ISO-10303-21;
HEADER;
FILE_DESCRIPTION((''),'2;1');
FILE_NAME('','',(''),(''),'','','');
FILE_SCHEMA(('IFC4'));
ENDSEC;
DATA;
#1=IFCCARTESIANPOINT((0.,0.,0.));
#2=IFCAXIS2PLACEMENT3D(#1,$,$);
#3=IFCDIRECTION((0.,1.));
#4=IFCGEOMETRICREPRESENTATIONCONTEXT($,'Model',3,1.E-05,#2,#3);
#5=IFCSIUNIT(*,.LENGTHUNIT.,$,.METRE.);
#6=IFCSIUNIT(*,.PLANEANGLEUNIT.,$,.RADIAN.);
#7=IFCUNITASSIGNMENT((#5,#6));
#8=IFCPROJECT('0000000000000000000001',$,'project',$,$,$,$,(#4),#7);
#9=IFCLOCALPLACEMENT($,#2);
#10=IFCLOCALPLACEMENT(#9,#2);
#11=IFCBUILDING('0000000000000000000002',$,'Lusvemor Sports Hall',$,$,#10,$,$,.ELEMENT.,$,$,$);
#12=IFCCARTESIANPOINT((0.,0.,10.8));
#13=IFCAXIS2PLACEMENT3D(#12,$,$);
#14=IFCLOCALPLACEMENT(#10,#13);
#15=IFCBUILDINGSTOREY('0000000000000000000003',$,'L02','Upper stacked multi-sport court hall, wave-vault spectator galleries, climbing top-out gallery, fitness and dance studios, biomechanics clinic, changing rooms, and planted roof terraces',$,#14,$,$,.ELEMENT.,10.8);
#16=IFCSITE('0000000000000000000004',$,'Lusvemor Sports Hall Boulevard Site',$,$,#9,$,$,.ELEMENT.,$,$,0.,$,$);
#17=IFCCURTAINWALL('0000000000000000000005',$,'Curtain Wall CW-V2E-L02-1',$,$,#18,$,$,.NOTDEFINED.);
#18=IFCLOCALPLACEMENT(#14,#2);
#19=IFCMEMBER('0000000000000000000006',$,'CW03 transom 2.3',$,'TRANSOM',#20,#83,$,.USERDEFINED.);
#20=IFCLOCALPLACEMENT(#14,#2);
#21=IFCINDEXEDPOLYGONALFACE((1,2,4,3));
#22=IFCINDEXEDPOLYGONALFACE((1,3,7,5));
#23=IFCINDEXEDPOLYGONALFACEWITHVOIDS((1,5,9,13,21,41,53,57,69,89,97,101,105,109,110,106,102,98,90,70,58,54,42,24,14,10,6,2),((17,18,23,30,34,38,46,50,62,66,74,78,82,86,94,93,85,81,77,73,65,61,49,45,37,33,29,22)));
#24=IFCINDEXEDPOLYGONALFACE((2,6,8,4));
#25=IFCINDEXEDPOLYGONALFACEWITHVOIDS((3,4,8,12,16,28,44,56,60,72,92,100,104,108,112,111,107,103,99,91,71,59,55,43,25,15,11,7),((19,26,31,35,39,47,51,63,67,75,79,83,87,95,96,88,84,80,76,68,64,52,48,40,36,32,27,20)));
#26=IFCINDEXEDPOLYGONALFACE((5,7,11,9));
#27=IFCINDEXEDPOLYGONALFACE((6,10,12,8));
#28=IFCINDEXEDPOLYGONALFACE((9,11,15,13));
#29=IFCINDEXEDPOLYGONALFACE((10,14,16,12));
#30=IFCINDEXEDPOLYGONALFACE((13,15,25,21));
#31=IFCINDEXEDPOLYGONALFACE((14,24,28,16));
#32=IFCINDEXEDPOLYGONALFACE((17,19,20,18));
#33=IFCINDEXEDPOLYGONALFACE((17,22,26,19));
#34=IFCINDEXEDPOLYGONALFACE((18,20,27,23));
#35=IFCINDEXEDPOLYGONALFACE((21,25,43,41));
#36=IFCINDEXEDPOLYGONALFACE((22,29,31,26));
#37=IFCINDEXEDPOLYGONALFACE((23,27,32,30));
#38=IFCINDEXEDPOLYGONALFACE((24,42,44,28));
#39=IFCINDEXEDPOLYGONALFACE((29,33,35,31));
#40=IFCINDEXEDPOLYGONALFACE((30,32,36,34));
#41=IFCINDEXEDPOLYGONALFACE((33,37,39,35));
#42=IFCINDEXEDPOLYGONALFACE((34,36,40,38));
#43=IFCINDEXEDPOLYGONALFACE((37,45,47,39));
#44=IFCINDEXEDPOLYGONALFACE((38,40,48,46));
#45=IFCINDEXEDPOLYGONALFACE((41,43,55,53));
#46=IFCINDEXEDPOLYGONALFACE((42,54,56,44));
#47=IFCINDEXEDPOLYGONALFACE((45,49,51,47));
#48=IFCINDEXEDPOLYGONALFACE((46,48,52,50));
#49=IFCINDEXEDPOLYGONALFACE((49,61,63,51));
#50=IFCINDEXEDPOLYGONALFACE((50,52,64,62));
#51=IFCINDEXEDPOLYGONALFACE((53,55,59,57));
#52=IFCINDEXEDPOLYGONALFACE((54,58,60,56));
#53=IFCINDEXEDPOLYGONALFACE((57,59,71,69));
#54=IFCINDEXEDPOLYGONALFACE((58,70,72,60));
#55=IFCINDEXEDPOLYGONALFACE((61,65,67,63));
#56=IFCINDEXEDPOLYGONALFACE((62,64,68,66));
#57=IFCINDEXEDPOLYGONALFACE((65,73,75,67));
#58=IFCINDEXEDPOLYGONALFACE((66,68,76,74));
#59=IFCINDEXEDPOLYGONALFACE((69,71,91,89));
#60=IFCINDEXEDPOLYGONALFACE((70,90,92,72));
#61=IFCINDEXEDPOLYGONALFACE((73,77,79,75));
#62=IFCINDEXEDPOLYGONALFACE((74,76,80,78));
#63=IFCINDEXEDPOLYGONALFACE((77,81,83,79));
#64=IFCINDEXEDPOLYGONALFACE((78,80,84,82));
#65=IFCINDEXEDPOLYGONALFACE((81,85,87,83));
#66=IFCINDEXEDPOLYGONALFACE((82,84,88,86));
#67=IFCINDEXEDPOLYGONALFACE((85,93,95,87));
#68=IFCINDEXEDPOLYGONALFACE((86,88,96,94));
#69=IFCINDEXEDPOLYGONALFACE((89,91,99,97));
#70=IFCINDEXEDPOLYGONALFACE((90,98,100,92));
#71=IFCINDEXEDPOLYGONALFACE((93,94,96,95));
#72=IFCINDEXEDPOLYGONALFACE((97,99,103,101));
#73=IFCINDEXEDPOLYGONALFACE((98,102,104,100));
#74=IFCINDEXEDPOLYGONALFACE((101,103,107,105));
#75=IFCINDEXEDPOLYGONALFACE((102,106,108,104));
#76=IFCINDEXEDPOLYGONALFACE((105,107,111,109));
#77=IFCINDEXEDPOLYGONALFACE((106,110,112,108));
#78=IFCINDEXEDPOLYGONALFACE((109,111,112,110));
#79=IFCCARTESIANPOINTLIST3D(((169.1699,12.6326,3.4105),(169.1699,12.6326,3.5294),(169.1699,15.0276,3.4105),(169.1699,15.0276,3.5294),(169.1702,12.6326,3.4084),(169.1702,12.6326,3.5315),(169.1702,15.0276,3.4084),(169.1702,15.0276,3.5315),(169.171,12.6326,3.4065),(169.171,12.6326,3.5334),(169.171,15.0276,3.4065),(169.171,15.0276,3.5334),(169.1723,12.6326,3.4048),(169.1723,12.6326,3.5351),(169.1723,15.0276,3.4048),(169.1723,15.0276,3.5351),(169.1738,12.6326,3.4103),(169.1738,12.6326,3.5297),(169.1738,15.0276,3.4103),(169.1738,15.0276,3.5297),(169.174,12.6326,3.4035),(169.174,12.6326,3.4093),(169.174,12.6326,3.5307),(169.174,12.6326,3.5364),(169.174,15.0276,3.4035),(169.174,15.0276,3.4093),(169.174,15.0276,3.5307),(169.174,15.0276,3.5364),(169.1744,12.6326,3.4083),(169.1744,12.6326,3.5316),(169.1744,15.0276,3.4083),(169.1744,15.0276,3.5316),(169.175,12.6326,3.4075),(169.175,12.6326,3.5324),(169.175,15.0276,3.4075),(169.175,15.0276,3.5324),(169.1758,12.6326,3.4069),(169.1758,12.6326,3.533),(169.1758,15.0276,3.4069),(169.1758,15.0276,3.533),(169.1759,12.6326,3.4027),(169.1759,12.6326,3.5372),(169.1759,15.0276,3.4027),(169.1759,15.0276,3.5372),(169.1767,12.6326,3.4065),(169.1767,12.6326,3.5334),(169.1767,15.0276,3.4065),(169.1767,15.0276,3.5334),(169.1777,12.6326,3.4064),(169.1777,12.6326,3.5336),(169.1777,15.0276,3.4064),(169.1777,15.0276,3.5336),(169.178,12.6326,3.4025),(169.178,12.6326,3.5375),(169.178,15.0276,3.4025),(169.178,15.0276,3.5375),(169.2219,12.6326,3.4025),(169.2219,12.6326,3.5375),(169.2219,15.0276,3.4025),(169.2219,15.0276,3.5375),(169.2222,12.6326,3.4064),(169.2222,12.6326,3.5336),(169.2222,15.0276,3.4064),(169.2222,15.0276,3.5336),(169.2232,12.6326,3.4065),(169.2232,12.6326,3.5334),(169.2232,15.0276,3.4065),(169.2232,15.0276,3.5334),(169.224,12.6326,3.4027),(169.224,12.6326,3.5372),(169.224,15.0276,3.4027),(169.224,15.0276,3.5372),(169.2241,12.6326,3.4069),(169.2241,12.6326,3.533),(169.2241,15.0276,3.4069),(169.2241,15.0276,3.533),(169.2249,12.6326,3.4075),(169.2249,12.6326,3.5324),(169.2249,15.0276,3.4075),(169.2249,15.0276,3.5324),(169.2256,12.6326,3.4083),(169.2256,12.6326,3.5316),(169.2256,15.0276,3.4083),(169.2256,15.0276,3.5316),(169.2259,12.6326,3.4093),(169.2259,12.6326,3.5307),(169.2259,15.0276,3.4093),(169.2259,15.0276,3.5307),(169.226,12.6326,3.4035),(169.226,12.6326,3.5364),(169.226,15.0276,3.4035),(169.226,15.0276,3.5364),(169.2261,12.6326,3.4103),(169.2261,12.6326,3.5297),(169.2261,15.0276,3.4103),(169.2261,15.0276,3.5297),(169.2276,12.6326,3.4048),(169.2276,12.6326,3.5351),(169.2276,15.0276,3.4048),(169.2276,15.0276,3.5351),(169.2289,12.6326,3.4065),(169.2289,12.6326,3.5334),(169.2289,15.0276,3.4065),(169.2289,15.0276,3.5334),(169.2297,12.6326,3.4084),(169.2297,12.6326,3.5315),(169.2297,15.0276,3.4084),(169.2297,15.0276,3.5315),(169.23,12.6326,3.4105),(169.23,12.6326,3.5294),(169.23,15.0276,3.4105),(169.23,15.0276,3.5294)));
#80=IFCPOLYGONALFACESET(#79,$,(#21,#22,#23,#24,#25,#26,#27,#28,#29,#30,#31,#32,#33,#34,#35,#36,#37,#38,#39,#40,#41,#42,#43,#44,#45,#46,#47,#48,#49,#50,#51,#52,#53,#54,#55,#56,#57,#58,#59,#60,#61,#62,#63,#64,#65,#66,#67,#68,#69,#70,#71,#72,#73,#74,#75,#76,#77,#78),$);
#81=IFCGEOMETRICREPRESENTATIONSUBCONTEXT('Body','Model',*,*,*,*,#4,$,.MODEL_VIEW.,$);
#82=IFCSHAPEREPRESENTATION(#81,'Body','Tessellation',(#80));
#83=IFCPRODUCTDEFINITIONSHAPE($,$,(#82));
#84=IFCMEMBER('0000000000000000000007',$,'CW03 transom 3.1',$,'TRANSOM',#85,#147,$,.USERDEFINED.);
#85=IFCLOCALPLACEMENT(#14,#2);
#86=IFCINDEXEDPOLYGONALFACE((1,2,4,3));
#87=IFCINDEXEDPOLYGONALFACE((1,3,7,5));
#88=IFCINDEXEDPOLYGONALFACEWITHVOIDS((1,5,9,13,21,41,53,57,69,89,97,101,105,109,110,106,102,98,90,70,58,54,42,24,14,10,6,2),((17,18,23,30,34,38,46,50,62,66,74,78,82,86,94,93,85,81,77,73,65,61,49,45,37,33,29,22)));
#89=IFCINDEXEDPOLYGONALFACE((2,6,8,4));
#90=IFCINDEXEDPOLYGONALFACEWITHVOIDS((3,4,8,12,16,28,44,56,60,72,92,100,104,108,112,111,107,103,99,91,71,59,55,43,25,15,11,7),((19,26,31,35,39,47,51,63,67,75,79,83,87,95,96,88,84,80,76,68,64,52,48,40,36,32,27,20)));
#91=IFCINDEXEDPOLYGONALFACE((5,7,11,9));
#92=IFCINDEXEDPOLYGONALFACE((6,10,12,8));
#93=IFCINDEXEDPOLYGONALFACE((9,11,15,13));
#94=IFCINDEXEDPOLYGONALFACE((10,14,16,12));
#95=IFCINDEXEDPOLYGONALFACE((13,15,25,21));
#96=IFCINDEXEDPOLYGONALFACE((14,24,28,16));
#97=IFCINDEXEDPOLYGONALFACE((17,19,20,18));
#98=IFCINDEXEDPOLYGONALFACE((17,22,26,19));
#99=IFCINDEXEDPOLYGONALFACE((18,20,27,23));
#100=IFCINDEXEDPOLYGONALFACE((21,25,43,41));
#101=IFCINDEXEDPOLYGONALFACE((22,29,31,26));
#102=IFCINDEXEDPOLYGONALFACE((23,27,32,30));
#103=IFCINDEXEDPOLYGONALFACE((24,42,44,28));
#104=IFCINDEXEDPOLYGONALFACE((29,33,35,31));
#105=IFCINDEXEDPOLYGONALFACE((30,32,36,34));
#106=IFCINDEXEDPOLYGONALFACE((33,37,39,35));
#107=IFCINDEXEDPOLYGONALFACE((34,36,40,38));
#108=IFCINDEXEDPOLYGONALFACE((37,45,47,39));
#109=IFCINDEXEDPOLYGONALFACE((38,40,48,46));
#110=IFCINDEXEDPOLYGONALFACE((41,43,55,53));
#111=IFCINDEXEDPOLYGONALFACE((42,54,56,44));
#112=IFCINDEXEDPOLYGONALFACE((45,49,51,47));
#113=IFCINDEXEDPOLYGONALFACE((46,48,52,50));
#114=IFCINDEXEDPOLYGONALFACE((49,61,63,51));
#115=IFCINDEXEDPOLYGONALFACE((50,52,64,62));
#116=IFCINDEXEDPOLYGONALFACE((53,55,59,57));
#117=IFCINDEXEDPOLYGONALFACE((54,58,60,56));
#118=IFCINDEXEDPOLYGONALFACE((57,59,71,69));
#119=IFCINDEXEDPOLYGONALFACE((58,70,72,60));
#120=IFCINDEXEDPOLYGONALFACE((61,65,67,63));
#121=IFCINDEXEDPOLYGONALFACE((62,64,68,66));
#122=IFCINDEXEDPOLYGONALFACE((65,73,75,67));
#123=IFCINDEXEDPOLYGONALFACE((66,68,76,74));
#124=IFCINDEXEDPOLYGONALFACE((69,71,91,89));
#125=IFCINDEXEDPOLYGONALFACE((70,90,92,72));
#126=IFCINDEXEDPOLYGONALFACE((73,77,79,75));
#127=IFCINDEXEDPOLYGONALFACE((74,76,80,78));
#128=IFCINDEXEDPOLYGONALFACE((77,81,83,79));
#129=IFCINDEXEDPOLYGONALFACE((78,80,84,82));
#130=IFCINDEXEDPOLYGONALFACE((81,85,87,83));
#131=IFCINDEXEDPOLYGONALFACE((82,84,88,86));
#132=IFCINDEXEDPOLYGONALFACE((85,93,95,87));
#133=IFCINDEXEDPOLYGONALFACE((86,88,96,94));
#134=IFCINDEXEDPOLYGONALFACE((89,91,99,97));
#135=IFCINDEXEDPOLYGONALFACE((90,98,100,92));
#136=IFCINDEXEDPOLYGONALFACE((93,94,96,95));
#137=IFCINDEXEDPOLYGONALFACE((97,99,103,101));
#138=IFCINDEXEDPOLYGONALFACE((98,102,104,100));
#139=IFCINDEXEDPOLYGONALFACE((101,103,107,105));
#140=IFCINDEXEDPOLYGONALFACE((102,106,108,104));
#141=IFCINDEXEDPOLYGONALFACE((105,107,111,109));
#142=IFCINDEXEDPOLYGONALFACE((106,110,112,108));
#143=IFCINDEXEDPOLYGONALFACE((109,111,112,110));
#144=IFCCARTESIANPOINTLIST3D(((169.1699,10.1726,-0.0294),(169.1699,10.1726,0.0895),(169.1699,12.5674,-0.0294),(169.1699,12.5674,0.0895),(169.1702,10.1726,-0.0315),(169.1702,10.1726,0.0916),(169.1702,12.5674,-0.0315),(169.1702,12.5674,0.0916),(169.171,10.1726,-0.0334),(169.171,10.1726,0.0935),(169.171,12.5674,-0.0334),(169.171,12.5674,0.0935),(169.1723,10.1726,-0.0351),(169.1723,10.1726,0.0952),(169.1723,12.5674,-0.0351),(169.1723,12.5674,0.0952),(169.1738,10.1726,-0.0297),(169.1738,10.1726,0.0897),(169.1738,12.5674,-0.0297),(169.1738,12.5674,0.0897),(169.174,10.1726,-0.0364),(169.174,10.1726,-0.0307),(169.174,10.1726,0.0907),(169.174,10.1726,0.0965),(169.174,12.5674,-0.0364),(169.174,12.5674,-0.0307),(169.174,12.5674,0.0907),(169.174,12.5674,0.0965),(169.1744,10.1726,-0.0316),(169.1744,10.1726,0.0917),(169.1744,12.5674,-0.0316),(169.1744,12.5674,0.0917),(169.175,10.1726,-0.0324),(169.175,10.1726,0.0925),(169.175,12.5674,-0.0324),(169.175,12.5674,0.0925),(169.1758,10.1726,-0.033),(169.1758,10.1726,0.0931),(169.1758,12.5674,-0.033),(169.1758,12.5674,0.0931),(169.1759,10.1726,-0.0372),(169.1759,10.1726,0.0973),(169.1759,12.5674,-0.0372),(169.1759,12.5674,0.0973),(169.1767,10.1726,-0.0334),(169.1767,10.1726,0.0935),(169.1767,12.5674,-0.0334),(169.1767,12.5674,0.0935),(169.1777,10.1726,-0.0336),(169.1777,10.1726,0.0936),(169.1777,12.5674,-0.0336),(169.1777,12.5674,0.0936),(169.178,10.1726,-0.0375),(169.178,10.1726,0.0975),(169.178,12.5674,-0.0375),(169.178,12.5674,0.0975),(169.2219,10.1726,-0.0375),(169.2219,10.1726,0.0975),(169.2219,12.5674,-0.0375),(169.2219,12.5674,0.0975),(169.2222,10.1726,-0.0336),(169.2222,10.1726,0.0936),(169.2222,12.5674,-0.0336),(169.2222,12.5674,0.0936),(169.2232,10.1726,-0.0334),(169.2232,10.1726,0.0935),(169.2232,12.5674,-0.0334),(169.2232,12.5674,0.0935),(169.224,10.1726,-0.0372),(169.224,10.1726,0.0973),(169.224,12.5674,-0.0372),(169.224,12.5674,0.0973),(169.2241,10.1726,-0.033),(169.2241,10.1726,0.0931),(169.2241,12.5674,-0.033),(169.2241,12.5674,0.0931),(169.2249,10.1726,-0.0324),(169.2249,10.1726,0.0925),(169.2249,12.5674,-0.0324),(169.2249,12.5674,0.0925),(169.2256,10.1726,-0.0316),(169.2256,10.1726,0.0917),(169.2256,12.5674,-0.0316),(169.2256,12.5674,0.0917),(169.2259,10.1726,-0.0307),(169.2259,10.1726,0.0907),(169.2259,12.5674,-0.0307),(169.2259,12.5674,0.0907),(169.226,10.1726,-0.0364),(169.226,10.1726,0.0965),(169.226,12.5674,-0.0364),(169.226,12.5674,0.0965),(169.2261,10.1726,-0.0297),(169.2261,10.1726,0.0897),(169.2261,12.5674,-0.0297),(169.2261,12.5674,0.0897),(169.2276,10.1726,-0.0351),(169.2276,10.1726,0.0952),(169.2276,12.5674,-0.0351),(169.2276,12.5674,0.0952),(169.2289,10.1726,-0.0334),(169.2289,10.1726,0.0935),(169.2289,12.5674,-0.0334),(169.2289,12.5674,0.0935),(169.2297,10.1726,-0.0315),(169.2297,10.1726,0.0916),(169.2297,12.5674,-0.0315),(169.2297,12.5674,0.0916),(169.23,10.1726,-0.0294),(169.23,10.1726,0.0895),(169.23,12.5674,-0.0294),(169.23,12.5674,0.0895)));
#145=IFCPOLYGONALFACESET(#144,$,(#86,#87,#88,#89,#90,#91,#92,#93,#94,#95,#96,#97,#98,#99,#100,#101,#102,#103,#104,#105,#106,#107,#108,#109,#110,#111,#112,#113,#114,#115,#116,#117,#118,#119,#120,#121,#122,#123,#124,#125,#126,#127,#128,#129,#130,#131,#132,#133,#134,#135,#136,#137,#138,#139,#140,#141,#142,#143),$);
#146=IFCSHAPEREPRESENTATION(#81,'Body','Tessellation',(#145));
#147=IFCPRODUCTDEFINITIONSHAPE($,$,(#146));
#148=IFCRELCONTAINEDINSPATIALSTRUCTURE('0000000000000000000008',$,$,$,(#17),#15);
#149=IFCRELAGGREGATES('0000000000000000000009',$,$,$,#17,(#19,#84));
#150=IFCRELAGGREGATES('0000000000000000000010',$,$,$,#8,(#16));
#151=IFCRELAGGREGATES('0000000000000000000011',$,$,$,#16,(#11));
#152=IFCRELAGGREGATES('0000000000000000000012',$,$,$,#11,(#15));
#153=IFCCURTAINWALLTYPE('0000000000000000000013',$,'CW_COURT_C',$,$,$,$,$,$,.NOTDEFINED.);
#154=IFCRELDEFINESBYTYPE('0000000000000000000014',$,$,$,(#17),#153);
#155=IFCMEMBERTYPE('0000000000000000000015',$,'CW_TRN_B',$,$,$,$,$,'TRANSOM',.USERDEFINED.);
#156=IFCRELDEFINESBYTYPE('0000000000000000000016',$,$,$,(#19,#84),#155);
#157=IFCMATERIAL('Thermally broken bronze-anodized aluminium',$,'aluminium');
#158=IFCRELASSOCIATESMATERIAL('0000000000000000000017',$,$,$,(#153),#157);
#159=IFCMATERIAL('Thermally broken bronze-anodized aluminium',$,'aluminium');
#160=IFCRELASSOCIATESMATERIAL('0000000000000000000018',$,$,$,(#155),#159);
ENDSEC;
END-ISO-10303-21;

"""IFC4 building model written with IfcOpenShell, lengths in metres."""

from ifc_helpers import new_model, si_unit, direction, frame, origin, origin_2d, place, context, subcontext, project, spatial, hollow_rectangle, extrude, material, material_profile, profile_set, type_object, element, aggregate, save


model = new_model("IFC4")

# Units and contexts
model_context = context("Model", 3, precision=1e-05, world=origin(), true_north=direction((0.0, 1.0)))
body_context = subcontext(model_context, "Body", "Model", "MODEL_VIEW")
ifc_project = project(units=[si_unit("LENGTHUNIT", "METRE"), si_unit("PLANEANGLEUNIT", "RADIAN")], contexts=[model_context])

# Site, building, storey
site_placement = place(None, origin())
site = spatial("IfcSite", under=ifc_project, at=site_placement, Name="Lusvemor Sports Hall Boulevard Site", CompositionType="ELEMENT", RefElevation=0.0)
building_placement = place(site_placement, origin())
building = spatial("IfcBuilding", under=site, at=building_placement, Name="Lusvemor Sports Hall", CompositionType="ELEMENT")
storey_placement = place(building_placement, frame((0.0, 0.0, 10.8)))
storey = spatial("IfcBuildingStorey", under=building, at=storey_placement, Name="L02", Description="Upper stacked multi-sport court hall, wave-vault spectator galleries, climbing top-out gallery, fitness and dance studios, biomechanics clinic, changing rooms, and planted roof terraces", CompositionType="ELEMENT", Elevation=10.8)

# Curtain wall, members
ifc_material_1 = material(Name="Thermally broken bronze-anodized aluminium", Category="aluminium")
curtain_wall_type = type_object("IfcCurtainWallType", Name="CW_COURT_C", PredefinedType="NOTDEFINED", material=ifc_material_1)
curtain_wall_placement = place(storey_placement, origin())
curtain_wall = element("IfcCurtainWall", 1, at=curtain_wall_placement, inside=storey, type_object=curtain_wall_type, Name="Curtain Wall CW-V2E-L02-1", PredefinedType="NOTDEFINED")
ifc_material_2 = material(Name="Thermally broken bronze-anodized aluminium", Category="aluminium")
ifc_material_profile_1 = material_profile(ifc_material_2, hollow_rectangle(XDim=0.0601, YDim=0.135, WallThickness=0.0039, InnerFilletRadius=0.0039, OuterFilletRadius=0.0081, at=origin_2d()), Name="CWTRN135x60x4")
ifc_profile_set_1 = profile_set([ifc_material_profile_1], Name="Thermally broken bronze-anodized aluminium")
member_type_1 = type_object("IfcMemberType", Name="CW_TRN_B", ElementType="TRANSOM", PredefinedType="USERDEFINED", material=ifc_profile_set_1)
member_1_placement = place(storey_placement, frame((169.2, 15.0276, 3.47), z_axis=(0.0, -1.0, 0.0), x_axis=(1.0, 0.0, 0.0)))
member_1 = element("IfcMember", 2, at=member_1_placement, type_object=member_type_1, Name="CW03 transom 2.3", ObjectType="TRANSOM", PredefinedType="USERDEFINED", context=body_context, shape_type="SweptSolid", body=[
    extrude(hollow_rectangle(XDim=0.0601, YDim=0.135, WallThickness=0.0039, InnerFilletRadius=0.0039, OuterFilletRadius=0.0081, at=origin_2d()), origin(), (0.0, 0.0, 1.0), 2.395),
])
member_2_placement = place(storey_placement, frame((169.2, 12.5674, 0.03), z_axis=(0.0, -1.0, 0.0), x_axis=(1.0, 0.0, 0.0)))
member_2 = element("IfcMember", 3, at=member_2_placement, type_object=member_type_1, Name="CW03 transom 3.1", ObjectType="TRANSOM", PredefinedType="USERDEFINED", context=body_context, shape_type="SweptSolid", body=[
    extrude(hollow_rectangle(XDim=0.0601, YDim=0.135, WallThickness=0.0039, InnerFilletRadius=0.0039, OuterFilletRadius=0.0081, at=origin_2d()), origin(), (0.0, 0.0, 1.0), 2.3948),
])

aggregate(curtain_wall, [member_1, member_2])

save(model, "model.ifc")
